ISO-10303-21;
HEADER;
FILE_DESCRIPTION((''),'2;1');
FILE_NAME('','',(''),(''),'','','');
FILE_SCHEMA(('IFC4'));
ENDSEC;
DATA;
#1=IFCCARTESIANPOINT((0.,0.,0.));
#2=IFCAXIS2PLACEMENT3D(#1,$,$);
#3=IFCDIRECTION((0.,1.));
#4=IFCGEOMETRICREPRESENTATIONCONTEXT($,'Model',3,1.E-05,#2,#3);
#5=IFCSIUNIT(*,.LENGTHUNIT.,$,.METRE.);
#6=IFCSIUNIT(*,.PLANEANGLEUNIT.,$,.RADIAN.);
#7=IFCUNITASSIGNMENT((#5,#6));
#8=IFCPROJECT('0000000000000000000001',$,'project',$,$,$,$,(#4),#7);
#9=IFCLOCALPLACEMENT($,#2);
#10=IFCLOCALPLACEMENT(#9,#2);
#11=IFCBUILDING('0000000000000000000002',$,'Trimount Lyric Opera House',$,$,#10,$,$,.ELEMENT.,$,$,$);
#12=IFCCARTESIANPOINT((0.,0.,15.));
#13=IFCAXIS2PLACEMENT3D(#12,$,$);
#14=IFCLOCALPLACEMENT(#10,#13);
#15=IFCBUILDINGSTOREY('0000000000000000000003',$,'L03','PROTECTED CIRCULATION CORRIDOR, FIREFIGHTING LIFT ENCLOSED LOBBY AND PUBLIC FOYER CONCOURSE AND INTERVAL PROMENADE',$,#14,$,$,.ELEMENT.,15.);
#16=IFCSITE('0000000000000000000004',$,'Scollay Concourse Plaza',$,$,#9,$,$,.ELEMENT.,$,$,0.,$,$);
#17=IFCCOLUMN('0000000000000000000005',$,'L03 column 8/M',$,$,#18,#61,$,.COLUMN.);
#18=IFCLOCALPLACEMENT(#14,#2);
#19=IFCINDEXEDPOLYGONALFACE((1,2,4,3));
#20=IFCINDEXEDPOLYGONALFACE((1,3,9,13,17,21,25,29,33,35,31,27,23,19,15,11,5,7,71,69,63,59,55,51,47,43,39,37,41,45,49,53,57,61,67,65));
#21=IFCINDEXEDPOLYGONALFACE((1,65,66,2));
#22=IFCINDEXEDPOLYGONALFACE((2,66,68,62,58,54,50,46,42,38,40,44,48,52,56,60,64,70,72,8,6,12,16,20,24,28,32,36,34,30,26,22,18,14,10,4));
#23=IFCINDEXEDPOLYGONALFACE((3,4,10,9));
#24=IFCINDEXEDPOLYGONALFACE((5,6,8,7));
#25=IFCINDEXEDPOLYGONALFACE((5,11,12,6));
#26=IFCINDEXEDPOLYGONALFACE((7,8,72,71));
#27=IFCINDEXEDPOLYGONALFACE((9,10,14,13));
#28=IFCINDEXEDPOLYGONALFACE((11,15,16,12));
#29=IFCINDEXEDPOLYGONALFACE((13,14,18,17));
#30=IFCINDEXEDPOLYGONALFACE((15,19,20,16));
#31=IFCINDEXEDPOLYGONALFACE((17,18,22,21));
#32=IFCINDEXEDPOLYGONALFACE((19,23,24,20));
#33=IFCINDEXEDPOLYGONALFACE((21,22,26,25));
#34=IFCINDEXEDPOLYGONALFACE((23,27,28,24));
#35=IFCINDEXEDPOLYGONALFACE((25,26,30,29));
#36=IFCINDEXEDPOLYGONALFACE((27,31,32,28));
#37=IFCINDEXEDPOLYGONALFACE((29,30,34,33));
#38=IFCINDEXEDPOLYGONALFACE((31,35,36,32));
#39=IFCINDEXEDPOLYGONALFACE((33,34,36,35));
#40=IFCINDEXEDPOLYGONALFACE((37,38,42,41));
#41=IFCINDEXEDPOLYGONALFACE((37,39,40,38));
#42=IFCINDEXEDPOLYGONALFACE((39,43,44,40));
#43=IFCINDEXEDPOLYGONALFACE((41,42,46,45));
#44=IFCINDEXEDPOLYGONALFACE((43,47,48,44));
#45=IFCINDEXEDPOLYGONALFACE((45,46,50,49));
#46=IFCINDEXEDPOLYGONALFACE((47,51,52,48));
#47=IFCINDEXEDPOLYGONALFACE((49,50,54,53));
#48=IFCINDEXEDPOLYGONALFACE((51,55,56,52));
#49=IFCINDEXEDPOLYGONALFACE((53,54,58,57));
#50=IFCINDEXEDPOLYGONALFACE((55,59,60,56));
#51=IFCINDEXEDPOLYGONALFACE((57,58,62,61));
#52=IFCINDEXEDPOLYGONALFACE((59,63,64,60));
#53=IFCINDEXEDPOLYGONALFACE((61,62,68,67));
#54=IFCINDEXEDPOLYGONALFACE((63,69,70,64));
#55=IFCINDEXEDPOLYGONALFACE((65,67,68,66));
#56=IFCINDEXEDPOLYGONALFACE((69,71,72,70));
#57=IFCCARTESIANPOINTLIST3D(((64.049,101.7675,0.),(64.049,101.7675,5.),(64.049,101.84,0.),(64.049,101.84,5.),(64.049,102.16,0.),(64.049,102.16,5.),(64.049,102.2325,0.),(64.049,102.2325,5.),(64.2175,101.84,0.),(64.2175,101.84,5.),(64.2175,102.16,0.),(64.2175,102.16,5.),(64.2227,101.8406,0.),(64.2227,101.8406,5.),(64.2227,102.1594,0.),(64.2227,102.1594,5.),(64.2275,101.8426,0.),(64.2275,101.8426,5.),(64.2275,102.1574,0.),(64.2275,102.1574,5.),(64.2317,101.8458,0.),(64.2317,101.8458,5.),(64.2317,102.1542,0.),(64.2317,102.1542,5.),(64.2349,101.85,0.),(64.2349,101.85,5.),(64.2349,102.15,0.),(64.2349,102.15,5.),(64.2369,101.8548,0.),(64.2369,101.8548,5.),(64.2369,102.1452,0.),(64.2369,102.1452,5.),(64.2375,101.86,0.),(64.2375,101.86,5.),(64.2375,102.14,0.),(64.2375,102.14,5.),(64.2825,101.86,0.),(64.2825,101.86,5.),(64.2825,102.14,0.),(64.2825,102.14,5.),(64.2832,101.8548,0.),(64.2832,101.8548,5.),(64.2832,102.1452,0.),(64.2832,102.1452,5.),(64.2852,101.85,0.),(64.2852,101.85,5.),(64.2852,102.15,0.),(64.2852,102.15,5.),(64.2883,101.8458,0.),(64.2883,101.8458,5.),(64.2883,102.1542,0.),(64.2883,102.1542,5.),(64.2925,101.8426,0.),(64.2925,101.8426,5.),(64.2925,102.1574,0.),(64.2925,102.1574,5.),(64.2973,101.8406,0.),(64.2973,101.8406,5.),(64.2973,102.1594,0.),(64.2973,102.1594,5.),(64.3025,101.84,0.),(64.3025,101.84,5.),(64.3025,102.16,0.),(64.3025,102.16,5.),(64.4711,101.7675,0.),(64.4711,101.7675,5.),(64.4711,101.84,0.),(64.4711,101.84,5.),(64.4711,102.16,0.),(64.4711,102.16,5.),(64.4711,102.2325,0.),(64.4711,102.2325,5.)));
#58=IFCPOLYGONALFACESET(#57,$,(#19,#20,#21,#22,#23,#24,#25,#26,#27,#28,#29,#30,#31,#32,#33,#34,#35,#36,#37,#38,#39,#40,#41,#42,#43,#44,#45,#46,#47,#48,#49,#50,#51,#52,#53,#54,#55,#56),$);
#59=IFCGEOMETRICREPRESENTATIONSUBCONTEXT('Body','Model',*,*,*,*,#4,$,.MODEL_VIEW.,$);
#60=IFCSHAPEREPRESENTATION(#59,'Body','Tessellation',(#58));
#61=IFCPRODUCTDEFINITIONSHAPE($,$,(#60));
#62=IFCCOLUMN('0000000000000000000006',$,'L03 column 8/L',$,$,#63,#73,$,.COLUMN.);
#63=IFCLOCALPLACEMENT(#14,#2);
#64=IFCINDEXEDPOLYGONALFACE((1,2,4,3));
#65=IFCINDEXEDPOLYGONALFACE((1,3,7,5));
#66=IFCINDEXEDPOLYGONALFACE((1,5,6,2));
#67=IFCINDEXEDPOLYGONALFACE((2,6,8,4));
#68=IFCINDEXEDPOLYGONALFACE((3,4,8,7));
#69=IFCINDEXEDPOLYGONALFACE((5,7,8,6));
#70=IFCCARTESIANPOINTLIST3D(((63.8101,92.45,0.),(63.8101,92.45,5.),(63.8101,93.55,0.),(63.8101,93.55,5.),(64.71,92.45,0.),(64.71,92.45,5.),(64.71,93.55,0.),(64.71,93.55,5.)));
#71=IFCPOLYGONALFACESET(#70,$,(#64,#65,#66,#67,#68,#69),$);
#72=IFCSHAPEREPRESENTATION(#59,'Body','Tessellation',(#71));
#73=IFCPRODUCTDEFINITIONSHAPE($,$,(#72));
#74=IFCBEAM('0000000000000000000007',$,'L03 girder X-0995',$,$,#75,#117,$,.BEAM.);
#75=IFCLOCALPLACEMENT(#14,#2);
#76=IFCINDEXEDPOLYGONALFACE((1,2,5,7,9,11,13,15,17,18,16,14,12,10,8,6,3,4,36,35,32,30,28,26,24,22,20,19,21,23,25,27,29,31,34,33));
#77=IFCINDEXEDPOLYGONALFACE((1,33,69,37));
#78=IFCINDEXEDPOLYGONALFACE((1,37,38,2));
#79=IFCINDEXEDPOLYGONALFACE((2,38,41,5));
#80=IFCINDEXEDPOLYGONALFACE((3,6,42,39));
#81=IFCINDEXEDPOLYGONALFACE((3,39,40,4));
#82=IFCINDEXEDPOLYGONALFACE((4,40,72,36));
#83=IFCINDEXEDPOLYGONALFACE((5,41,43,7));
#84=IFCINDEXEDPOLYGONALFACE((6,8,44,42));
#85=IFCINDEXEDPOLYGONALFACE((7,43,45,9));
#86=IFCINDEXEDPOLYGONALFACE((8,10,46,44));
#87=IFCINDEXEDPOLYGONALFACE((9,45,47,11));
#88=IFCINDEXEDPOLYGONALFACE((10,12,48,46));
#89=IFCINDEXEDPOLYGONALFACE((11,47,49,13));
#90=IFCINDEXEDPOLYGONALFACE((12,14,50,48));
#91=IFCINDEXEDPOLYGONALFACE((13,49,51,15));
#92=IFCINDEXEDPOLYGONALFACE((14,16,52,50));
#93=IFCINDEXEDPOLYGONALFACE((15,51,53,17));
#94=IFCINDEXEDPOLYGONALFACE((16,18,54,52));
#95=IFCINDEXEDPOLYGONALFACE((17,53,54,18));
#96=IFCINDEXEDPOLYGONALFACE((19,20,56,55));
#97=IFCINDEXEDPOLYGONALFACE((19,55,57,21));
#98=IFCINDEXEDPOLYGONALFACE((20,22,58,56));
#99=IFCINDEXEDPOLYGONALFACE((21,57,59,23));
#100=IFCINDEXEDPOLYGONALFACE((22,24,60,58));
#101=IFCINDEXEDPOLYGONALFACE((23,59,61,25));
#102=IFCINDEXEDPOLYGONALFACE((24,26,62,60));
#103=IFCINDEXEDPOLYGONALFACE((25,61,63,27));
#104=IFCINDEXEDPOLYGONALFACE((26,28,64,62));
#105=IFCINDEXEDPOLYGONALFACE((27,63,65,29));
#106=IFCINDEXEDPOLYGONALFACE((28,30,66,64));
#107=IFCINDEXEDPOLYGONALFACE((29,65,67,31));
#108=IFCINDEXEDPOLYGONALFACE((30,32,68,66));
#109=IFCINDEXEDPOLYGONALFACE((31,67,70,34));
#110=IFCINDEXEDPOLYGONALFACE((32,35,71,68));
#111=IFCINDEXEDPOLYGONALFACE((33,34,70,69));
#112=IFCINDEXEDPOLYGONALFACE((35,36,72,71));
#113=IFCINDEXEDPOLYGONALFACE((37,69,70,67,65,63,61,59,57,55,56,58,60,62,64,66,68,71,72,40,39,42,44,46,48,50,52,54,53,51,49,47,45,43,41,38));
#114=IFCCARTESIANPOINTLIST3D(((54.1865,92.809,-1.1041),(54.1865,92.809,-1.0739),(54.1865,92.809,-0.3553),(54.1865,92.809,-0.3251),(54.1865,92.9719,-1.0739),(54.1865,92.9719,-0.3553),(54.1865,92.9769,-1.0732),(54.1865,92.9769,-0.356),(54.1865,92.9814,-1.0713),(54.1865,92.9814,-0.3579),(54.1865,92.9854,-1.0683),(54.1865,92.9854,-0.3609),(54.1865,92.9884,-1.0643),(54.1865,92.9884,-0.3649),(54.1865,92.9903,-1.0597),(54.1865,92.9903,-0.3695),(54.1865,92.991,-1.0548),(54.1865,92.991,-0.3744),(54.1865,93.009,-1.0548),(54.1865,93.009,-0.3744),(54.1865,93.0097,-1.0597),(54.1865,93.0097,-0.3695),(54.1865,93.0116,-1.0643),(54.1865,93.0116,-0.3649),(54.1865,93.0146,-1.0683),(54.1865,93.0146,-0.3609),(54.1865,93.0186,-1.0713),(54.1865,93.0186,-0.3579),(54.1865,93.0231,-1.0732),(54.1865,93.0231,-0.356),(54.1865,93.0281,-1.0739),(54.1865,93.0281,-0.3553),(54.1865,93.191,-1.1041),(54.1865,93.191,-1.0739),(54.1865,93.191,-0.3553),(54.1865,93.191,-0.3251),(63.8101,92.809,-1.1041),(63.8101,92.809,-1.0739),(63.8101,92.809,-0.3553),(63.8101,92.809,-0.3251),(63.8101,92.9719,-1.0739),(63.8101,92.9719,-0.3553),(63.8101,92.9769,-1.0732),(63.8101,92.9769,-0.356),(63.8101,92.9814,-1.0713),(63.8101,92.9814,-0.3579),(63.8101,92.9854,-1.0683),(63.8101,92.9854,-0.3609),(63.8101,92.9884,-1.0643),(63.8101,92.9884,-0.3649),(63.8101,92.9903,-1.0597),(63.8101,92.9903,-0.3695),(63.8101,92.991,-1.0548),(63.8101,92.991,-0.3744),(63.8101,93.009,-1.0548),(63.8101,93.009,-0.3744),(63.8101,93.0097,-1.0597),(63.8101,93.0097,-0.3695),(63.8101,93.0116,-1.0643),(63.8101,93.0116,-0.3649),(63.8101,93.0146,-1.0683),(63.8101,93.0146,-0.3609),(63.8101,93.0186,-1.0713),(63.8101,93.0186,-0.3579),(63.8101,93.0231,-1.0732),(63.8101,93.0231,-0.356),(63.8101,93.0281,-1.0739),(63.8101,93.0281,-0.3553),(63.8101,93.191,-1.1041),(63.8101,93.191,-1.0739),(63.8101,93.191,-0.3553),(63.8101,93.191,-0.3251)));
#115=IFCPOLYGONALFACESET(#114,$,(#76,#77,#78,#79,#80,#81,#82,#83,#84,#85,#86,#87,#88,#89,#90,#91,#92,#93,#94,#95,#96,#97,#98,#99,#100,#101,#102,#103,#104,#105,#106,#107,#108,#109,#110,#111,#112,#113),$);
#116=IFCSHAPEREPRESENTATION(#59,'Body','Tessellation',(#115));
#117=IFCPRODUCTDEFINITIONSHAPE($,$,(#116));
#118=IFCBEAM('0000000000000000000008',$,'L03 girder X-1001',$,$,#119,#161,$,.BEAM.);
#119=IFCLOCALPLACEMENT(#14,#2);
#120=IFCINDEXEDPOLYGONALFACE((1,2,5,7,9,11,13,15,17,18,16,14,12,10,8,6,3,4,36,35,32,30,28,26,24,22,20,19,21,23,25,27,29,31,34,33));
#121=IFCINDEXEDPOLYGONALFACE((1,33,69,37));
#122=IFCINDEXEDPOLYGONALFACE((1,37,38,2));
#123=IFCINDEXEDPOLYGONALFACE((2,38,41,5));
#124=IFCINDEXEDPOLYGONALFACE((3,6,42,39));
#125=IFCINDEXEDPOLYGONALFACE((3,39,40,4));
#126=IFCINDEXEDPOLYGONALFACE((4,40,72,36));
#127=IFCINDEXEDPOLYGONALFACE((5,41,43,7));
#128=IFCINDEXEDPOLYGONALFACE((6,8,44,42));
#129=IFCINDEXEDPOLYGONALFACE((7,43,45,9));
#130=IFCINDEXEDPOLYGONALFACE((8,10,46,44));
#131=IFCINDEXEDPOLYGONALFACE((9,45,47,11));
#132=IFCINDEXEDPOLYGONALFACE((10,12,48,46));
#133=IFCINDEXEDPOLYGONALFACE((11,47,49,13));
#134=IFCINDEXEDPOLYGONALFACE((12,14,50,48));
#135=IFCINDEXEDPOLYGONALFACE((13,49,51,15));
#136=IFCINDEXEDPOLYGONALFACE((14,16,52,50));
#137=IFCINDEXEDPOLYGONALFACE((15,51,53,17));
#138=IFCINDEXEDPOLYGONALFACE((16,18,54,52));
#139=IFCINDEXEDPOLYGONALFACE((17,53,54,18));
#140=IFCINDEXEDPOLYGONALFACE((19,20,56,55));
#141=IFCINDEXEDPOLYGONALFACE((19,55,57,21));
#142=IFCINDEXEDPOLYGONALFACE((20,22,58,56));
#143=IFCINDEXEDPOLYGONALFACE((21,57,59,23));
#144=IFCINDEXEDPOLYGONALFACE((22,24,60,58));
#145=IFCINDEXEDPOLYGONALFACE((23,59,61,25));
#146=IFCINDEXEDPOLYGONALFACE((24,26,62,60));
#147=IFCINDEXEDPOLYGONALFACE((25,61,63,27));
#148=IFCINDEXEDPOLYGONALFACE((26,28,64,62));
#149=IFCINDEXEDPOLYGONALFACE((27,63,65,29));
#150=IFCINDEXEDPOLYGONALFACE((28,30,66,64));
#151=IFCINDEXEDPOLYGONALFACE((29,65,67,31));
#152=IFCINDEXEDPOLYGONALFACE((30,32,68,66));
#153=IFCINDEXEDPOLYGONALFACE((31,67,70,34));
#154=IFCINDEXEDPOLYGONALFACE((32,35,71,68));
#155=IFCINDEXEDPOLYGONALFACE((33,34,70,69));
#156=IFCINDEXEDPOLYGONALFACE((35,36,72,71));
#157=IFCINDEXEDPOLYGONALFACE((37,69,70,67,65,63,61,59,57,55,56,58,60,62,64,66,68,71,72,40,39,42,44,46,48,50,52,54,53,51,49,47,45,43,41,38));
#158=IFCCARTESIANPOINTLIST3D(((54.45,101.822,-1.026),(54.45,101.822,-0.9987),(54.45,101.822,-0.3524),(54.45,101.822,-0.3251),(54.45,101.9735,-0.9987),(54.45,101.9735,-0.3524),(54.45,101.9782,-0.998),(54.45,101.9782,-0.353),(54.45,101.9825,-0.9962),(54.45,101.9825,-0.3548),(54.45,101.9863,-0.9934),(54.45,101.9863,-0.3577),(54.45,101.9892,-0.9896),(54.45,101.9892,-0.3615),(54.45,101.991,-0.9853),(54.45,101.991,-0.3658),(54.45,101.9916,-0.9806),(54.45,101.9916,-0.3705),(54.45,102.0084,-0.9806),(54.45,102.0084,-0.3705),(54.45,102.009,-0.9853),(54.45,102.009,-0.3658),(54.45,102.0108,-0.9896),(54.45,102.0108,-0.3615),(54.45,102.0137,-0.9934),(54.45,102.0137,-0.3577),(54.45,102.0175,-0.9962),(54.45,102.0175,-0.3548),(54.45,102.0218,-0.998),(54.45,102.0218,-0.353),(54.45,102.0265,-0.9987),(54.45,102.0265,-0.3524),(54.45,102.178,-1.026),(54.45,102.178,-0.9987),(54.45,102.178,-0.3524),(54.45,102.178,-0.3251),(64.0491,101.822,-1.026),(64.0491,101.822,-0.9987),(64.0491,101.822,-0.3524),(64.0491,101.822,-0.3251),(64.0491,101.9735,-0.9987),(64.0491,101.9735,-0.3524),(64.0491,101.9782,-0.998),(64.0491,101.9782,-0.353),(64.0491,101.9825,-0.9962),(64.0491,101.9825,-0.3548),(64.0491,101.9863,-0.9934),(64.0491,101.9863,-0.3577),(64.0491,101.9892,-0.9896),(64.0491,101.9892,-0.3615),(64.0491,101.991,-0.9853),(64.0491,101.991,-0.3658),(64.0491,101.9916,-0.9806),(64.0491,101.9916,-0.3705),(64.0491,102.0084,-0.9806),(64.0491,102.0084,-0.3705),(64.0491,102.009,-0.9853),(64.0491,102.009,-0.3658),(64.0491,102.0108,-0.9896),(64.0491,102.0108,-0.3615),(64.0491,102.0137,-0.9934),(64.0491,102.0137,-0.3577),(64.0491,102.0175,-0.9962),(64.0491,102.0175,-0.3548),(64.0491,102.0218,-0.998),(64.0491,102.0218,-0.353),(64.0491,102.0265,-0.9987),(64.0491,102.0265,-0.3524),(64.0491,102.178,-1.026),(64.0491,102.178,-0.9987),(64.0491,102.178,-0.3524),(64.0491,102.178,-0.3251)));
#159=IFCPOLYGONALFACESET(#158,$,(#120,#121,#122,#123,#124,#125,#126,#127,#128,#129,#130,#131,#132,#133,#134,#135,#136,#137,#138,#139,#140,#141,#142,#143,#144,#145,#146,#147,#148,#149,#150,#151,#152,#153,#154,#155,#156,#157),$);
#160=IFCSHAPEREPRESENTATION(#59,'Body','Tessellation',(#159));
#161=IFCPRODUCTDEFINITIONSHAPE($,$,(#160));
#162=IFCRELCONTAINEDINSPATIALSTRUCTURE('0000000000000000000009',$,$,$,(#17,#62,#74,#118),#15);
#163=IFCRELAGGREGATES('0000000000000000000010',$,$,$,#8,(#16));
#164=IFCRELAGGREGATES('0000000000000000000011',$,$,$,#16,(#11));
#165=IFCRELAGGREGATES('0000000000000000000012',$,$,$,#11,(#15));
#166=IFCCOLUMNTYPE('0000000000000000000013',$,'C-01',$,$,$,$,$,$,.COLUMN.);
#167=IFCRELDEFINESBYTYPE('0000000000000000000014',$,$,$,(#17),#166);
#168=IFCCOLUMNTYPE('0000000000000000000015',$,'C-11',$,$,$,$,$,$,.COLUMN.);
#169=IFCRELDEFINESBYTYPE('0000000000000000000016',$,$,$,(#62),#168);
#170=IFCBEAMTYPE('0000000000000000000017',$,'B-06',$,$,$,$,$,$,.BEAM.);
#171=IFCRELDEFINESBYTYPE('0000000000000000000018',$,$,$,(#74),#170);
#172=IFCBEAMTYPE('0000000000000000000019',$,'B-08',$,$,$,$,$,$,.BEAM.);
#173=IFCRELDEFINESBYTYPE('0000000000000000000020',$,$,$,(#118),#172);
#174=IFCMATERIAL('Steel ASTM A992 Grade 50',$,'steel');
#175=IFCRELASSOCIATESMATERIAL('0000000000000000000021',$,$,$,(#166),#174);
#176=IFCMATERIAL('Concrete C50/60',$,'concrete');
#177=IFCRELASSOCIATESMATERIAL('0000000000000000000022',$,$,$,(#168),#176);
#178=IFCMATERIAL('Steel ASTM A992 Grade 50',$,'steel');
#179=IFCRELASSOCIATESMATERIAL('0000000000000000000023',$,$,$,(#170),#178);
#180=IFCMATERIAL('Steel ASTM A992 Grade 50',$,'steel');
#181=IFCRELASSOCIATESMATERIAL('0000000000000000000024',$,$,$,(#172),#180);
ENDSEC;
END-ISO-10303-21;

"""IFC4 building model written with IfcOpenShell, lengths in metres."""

from ifc_helpers import new_model, si_unit, direction, frame, origin, origin_2d, place, context, subcontext, project, spatial, rectangle, i_section, extrude, material, material_profile, profile_set, type_object, element, save


model = new_model("IFC4")

# Units and contexts
model_context = context("Model", 3, precision=1e-05, world=origin(), true_north=direction((0.0, 1.0)))
body_context = subcontext(model_context, "Body", "Model", "MODEL_VIEW")
ifc_project = project(units=[si_unit("LENGTHUNIT", "METRE"), si_unit("PLANEANGLEUNIT", "RADIAN")], contexts=[model_context])

# Site, building, storey
site_placement = place(None, origin())
site = spatial("IfcSite", under=ifc_project, at=site_placement, Name="Scollay Concourse Plaza", CompositionType="ELEMENT", RefElevation=0.0)
building_placement = place(site_placement, origin())
building = spatial("IfcBuilding", under=site, at=building_placement, Name="Trimount Lyric Opera House", CompositionType="ELEMENT")
storey_placement = place(building_placement, frame((0.0, 0.0, 15.0)))
storey = spatial("IfcBuildingStorey", under=building, at=storey_placement, Name="L03", Description="PROTECTED CIRCULATION CORRIDOR, FIREFIGHTING LIFT ENCLOSED LOBBY AND PUBLIC FOYER CONCOURSE AND INTERVAL PROMENADE", CompositionType="ELEMENT", Elevation=15.0)

# Columns
ifc_material_1 = material(Name="Steel ASTM A992 Grade 50", Category="steel")
ifc_material_profile_1 = material_profile(ifc_material_1, i_section(OverallWidth=0.4221, OverallDepth=0.4651, WebThickness=0.0449, FlangeThickness=0.0725, FilletRadius=0.02, at=origin_2d()), Name="W14X398")
ifc_profile_set_1 = profile_set([ifc_material_profile_1], Name="Steel ASTM A992 Grade 50")
column_type_1 = type_object("IfcColumnType", Name="C-01", PredefinedType="COLUMN", material=ifc_profile_set_1)
column_1_placement = place(storey_placement, frame((64.26, 102.0, 0.0), z_axis=(0.0, 0.0, 1.0), x_axis=(1.0, 0.0, 0.0)))
element("IfcColumn", 1, at=column_1_placement, inside=storey, type_object=column_type_1, Name="L03 column 8/M", PredefinedType="COLUMN", context=body_context, shape_type="SweptSolid", body=[
    extrude(i_section(OverallWidth=0.4221, OverallDepth=0.4651, WebThickness=0.0449, FlangeThickness=0.0725, FilletRadius=0.02, at=origin_2d()), origin(), (0.0, 0.0, 1.0), 5.0),
])
ifc_material_2 = material(Name="Concrete C50/60", Category="concrete")
ifc_material_profile_2 = material_profile(ifc_material_2, rectangle(XDim=0.8999, YDim=1.1001, at=origin_2d()), Name="RC1100X900")
ifc_profile_set_2 = profile_set([ifc_material_profile_2], Name="Concrete C50/60")
column_type_2 = type_object("IfcColumnType", Name="C-11", PredefinedType="COLUMN", material=ifc_profile_set_2)
column_2_placement = place(storey_placement, frame((64.26, 93.0, 0.0), z_axis=(0.0, 0.0, 1.0), x_axis=(1.0, 0.0, 0.0)))
element("IfcColumn", 2, at=column_2_placement, inside=storey, type_object=column_type_2, Name="L03 column 8/L", PredefinedType="COLUMN", context=body_context, shape_type="SweptSolid", body=[
    extrude(rectangle(XDim=0.8999, YDim=1.1001, at=origin_2d()), origin(), (0.0, 0.0, 1.0), 5.0),
])

# Beams
ifc_material_3 = material(Name="Steel ASTM A992 Grade 50", Category="steel")
ifc_material_profile_3 = material_profile(ifc_material_3, i_section(OverallWidth=0.3821, OverallDepth=0.7791, WebThickness=0.0181, FlangeThickness=0.0303, FilletRadius=0.019, at=origin_2d()), Name="W30X191")
ifc_profile_set_3 = profile_set([ifc_material_profile_3], Name="Steel ASTM A992 Grade 50")
beam_type_1 = type_object("IfcBeamType", Name="B-06", PredefinedType="BEAM", material=ifc_profile_set_3)
beam_1_placement = place(storey_placement, frame((54.1865, 93.0, -0.7146), z_axis=(1.0, 0.0, 0.0), x_axis=(0.0, 1.0, 0.0)))
element("IfcBeam", 3, at=beam_1_placement, inside=storey, type_object=beam_type_1, Name="L03 girder X-0995", PredefinedType="BEAM", context=body_context, shape_type="SweptSolid", body=[
    extrude(i_section(OverallWidth=0.3821, OverallDepth=0.7791, WebThickness=0.0181, FlangeThickness=0.0303, FilletRadius=0.019, at=origin_2d()), origin(), (0.0, 0.0, 1.0), 9.6235),
])
ifc_material_4 = material(Name="Steel ASTM A992 Grade 50", Category="steel")
ifc_material_profile_4 = material_profile(ifc_material_4, i_section(OverallWidth=0.356, OverallDepth=0.7009, WebThickness=0.0168, FlangeThickness=0.0273, FilletRadius=0.0181, at=origin_2d()), Name="W27X161")
ifc_profile_set_4 = profile_set([ifc_material_profile_4], Name="Steel ASTM A992 Grade 50")
beam_type_2 = type_object("IfcBeamType", Name="B-08", PredefinedType="BEAM", material=ifc_profile_set_4)
beam_2_placement = place(storey_placement, frame((54.45, 102.0, -0.6755), z_axis=(1.0, 0.0, 0.0), x_axis=(0.0, 1.0, 0.0)))
element("IfcBeam", 4, at=beam_2_placement, inside=storey, type_object=beam_type_2, Name="L03 girder X-1001", PredefinedType="BEAM", context=body_context, shape_type="SweptSolid", body=[
    extrude(i_section(OverallWidth=0.356, OverallDepth=0.7009, WebThickness=0.0168, FlangeThickness=0.0273, FilletRadius=0.0181, at=origin_2d()), origin(), (0.0, 0.0, 1.0), 9.5991),
])

save(model, "model.ifc")
